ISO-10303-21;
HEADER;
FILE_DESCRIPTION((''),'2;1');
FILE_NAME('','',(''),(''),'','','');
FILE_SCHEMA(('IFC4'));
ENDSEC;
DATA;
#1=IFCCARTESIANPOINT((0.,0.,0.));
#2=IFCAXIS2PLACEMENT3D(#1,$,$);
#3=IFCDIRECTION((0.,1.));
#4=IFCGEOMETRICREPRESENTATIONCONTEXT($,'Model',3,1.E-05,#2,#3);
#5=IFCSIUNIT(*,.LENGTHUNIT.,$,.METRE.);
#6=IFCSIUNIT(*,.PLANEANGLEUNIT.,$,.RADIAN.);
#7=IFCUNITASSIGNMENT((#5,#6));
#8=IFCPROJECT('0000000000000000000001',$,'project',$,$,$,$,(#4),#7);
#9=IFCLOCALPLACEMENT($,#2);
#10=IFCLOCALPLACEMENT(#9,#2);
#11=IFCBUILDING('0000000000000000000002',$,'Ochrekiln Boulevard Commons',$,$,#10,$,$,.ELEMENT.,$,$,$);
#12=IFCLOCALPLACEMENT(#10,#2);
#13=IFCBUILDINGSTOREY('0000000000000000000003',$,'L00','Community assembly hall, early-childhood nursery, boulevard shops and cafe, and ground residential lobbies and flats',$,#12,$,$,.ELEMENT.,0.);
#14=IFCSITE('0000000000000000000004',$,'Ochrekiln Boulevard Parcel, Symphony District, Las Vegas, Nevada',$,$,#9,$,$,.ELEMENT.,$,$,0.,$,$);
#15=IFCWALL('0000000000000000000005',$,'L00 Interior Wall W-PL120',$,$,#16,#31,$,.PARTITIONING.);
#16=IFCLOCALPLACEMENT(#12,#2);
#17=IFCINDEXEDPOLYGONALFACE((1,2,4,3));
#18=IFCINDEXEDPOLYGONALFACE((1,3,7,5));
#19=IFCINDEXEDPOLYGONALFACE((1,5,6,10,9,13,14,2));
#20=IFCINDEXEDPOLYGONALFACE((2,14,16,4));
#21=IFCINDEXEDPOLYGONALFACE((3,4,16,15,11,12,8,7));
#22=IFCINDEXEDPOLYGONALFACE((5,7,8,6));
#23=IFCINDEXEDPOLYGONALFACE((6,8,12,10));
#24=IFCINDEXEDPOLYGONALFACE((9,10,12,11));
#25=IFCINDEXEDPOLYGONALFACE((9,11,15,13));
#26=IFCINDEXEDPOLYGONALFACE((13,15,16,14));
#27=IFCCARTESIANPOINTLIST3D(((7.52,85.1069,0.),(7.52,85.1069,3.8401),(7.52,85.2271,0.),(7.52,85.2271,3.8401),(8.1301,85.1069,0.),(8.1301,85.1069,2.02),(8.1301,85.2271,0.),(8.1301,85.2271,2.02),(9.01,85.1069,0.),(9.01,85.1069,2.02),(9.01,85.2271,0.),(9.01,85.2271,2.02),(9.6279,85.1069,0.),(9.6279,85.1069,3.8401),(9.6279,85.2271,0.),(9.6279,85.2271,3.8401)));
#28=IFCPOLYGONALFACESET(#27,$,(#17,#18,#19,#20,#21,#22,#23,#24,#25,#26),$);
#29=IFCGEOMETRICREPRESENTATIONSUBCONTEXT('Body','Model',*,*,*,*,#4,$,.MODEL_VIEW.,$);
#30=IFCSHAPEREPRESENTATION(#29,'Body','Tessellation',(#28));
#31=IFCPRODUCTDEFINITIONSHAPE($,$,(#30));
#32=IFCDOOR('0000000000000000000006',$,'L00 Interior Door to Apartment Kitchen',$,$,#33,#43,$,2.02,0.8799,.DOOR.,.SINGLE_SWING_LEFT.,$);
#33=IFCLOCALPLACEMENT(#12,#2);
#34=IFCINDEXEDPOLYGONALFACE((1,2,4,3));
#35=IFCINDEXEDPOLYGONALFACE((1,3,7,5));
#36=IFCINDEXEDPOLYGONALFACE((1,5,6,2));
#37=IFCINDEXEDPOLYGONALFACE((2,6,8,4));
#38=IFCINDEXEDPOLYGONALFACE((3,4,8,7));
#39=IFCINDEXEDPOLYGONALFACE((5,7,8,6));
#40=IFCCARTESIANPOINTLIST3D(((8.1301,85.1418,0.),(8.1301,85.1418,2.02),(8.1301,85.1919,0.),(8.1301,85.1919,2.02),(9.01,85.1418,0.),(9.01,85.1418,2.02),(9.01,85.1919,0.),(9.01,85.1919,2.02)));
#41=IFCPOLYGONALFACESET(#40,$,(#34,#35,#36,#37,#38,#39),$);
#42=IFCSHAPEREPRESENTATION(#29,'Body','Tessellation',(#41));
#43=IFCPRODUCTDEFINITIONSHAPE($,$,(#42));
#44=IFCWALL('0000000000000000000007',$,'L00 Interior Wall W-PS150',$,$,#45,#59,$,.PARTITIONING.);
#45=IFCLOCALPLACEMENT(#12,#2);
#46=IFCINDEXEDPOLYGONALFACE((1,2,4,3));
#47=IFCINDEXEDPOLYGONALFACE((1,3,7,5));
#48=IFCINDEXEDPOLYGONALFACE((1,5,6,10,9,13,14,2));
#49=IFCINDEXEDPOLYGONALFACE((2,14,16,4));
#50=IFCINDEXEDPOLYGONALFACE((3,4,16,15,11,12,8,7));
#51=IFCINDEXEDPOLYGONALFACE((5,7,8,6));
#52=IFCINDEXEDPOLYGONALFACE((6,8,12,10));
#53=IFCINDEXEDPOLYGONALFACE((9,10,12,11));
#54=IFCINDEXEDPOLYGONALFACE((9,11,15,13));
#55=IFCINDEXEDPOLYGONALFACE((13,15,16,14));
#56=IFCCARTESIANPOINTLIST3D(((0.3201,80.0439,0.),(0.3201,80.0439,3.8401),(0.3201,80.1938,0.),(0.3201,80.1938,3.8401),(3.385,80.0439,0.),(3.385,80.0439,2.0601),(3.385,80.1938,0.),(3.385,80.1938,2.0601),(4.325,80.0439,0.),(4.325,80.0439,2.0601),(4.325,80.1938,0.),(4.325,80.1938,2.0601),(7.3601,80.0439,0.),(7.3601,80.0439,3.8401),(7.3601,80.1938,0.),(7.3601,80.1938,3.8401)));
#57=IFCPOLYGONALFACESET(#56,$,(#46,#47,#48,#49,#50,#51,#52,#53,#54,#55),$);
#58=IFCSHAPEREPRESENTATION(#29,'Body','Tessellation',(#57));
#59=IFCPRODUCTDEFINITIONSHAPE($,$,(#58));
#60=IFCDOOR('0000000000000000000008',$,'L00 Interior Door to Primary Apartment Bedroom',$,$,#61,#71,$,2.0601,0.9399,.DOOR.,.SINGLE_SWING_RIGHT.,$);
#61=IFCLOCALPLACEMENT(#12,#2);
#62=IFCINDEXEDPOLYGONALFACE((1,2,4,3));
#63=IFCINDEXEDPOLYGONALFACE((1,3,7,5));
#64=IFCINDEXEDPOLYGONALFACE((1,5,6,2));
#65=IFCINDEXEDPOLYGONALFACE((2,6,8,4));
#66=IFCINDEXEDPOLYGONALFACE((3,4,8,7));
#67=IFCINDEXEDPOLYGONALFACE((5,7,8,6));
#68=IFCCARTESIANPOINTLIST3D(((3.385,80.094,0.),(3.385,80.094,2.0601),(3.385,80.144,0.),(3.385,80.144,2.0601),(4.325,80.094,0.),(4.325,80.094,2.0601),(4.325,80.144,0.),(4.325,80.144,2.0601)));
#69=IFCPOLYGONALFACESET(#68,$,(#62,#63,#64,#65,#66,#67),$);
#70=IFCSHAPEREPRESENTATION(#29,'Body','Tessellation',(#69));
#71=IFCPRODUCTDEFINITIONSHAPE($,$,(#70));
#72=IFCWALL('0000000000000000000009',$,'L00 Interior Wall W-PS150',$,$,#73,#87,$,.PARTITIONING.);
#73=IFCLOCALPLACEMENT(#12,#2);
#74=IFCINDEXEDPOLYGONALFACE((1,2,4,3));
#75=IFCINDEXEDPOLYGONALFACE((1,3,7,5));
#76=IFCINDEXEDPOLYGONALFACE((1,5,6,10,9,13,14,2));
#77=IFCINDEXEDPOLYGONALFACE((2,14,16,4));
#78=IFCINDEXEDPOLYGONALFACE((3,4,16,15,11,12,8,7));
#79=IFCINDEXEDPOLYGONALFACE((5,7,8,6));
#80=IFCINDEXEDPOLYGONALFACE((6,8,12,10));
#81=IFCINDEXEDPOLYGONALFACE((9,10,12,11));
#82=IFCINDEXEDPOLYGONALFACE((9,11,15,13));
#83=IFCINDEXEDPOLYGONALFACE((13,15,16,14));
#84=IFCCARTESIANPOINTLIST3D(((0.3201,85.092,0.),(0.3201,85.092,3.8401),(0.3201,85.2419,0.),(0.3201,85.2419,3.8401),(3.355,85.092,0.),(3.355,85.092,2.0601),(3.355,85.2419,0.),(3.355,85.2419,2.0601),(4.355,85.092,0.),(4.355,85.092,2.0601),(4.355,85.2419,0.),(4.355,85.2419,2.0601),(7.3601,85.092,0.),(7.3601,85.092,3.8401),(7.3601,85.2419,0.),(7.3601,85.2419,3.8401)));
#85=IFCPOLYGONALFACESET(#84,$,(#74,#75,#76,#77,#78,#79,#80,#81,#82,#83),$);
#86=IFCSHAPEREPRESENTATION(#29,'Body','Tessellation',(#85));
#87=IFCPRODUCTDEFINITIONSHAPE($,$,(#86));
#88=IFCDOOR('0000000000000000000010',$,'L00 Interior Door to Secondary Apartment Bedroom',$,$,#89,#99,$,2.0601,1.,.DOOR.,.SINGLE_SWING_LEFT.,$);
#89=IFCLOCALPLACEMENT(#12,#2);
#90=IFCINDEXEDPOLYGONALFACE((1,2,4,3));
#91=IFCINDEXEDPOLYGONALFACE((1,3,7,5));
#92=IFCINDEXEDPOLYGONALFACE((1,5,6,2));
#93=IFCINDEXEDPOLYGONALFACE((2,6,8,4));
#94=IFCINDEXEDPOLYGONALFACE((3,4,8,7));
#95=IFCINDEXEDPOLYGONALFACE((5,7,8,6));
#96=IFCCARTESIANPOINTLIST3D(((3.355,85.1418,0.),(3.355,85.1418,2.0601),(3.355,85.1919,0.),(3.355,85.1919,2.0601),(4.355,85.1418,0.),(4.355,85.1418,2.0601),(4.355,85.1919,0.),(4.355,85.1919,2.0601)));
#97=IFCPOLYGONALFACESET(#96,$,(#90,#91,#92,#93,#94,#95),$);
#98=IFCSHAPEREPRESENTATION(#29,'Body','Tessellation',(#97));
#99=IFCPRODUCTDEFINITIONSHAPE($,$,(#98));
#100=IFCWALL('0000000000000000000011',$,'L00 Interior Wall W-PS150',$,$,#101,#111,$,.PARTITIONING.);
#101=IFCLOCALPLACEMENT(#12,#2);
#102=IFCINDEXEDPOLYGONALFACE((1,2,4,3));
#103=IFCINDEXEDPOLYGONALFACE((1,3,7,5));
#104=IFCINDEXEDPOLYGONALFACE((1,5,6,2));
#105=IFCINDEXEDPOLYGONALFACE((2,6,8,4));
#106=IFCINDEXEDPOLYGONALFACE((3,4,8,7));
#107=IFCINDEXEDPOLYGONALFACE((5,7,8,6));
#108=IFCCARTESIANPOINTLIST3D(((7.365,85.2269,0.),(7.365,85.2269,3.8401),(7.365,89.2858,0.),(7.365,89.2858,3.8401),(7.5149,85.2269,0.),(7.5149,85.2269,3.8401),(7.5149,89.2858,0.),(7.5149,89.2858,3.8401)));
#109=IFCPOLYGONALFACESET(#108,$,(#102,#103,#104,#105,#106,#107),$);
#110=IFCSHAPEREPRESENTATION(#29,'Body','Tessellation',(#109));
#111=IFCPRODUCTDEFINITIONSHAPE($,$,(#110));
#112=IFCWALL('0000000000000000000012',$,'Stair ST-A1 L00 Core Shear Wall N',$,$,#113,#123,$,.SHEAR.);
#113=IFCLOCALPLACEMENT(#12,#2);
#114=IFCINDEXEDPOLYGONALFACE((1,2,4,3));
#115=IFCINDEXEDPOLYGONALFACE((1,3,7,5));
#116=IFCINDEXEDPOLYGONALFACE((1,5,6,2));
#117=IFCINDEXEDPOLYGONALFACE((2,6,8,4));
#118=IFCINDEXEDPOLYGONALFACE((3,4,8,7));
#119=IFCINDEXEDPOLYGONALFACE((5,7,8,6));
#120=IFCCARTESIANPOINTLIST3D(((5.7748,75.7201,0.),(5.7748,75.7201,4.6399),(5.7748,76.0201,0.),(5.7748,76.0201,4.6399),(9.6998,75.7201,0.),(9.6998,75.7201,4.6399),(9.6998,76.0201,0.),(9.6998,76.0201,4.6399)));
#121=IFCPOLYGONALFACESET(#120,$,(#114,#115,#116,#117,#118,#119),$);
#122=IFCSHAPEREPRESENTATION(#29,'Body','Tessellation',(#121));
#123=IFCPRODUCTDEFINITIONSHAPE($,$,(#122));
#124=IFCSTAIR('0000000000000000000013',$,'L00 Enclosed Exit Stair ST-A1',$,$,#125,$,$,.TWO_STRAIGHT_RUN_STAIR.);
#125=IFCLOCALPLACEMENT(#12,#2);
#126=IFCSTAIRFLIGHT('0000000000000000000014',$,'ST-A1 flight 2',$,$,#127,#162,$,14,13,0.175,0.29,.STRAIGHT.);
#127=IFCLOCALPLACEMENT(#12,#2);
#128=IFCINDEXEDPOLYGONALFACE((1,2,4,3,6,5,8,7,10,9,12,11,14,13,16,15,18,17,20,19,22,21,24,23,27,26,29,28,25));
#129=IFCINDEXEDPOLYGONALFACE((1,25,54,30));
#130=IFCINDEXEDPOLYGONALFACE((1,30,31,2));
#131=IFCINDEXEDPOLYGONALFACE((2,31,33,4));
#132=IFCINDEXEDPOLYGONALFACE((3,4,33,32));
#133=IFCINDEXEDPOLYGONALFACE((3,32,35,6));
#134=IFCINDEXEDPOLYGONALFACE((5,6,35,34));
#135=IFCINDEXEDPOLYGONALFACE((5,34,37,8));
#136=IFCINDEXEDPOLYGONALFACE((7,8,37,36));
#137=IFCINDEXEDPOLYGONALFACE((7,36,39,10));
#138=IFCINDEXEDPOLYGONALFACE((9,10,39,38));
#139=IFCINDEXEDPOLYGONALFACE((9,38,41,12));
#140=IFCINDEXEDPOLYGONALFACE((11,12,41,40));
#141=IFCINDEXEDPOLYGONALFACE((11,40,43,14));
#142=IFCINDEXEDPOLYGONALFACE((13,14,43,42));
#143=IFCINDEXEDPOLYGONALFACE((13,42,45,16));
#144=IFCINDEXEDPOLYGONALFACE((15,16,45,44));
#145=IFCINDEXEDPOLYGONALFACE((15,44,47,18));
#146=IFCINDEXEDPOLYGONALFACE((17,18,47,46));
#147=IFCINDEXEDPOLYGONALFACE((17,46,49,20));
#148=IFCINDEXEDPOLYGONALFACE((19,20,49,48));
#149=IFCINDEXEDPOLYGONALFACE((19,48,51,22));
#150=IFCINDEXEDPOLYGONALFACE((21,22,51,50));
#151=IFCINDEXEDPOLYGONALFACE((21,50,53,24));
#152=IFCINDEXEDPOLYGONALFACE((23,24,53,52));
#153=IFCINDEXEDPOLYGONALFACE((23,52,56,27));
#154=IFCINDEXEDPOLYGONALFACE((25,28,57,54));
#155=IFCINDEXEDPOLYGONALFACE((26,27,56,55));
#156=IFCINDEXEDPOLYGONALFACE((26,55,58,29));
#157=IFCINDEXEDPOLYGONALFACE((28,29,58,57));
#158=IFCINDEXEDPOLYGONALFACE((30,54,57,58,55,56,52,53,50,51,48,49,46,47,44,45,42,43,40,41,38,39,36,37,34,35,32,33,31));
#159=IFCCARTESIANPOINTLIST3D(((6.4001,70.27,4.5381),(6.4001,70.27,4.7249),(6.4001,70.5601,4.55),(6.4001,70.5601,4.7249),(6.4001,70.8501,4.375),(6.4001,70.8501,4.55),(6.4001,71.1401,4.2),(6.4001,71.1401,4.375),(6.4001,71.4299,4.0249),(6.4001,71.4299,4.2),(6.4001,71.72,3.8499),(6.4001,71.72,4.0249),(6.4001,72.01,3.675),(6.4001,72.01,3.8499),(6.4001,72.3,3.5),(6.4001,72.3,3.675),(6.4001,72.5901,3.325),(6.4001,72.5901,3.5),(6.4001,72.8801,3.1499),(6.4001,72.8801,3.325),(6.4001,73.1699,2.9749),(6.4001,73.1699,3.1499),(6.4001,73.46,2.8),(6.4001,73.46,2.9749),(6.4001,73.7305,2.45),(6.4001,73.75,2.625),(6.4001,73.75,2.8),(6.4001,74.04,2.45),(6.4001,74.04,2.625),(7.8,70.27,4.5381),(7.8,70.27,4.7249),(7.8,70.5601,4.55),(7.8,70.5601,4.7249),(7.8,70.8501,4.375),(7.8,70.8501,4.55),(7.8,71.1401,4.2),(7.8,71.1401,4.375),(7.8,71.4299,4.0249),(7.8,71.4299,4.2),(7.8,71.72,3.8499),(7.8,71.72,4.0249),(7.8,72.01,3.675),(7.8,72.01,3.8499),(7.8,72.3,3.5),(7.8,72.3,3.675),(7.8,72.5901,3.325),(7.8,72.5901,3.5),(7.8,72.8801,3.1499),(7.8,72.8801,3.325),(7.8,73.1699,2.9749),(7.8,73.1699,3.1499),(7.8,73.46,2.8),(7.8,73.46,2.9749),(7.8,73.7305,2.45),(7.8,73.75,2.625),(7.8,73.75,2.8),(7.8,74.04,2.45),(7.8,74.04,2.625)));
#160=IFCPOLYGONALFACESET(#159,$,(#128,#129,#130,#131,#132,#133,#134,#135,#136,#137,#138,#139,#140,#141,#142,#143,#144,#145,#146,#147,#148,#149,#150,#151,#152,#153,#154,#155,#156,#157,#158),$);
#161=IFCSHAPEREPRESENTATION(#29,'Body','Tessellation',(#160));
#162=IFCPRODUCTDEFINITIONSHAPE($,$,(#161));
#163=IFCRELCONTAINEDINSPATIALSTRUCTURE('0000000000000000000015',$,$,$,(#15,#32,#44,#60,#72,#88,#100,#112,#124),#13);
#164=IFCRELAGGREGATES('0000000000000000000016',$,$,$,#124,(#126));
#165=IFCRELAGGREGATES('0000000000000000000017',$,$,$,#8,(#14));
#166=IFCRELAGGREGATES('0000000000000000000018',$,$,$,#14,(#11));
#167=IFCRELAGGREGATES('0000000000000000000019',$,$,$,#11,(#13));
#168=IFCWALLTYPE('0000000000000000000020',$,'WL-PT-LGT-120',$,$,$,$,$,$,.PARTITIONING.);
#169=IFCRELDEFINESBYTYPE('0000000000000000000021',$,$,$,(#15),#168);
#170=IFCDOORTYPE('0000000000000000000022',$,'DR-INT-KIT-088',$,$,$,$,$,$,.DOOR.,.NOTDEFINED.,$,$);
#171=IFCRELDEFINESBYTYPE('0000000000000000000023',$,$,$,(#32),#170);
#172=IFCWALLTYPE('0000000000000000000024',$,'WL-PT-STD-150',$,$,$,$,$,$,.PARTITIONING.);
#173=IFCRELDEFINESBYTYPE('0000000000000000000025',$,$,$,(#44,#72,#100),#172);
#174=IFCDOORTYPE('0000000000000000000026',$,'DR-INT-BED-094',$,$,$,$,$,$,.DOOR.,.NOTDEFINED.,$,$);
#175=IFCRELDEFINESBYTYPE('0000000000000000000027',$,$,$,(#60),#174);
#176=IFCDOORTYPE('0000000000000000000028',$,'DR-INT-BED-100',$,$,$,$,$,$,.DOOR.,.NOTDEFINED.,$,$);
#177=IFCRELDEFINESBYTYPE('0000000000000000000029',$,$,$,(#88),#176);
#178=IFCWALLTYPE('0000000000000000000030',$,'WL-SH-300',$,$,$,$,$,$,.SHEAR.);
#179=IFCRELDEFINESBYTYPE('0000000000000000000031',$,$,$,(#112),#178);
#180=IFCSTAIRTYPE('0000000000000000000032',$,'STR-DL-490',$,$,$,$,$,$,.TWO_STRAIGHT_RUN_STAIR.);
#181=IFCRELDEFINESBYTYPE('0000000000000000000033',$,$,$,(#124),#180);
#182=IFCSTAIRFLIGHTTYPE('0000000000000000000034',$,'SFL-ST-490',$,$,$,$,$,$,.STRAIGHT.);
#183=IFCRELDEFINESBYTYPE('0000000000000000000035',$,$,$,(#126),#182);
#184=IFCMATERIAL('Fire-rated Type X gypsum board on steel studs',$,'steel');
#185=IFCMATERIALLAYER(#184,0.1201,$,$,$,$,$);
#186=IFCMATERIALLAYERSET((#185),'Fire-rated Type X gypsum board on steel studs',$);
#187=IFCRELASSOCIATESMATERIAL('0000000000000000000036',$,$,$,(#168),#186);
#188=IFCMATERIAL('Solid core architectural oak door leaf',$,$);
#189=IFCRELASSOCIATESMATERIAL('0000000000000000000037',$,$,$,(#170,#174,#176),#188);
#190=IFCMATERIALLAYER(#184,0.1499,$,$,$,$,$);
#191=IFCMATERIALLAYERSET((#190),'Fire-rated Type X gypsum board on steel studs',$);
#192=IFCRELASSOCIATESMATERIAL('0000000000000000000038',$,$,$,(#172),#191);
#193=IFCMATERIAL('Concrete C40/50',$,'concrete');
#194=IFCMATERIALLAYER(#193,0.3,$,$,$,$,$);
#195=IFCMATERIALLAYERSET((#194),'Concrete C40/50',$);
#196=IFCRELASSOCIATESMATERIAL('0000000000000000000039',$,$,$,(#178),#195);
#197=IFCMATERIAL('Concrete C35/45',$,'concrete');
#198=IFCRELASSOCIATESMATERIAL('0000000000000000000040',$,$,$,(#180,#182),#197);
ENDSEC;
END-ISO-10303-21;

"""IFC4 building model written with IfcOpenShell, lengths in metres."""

from ifc_helpers import new_model, si_unit, direction, frame, frame_2d, origin, place, context, subcontext, project, spatial, polyline, rectangle, outline, extrude, material, layer, layer_set, type_object, element, fill, aggregate, save


model = new_model("IFC4")

# Units and contexts
model_context = context("Model", 3, precision=1e-05, world=origin(), true_north=direction((0.0, 1.0)))
body_context = subcontext(model_context, "Body", "Model", "MODEL_VIEW")
ifc_project = project(units=[si_unit("LENGTHUNIT", "METRE"), si_unit("PLANEANGLEUNIT", "RADIAN")], contexts=[model_context])

# Site, building, storey
site_placement = place(None, origin())
site = spatial("IfcSite", under=ifc_project, at=site_placement, Name="Ochrekiln Boulevard Parcel, Symphony District, Las Vegas, Nevada", CompositionType="ELEMENT", RefElevation=0.0)
building_placement = place(site_placement, origin())
building = spatial("IfcBuilding", under=site, at=building_placement, Name="Ochrekiln Boulevard Commons", CompositionType="ELEMENT")
storey_placement = place(building_placement, origin())
storey = spatial("IfcBuildingStorey", under=building, at=storey_placement, Name="L00", Description="Community assembly hall, early-childhood nursery, boulevard shops and cafe, and ground residential lobbies and flats", CompositionType="ELEMENT", Elevation=0.0)

# Shared definitions
ifc_material_1 = material(Name="Concrete C40/50", Category="concrete")

# Shared definitions
ifc_material_2 = material(Name="Concrete C35/45", Category="concrete")

# Shared definitions
ifc_material_3 = material(Name="Solid core architectural oak door leaf")

# Walls, openings, doors
ifc_material_4 = material(Name="Fire-rated Type X gypsum board on steel studs", Category="steel")
ifc_layer_1 = layer(ifc_material_4, 0.1201)
ifc_layer_set_1 = layer_set([ifc_layer_1], Name="Fire-rated Type X gypsum board on steel studs")
wall_type_1 = type_object("IfcWallType", Name="WL-PT-LGT-120", PredefinedType="PARTITIONING", material=ifc_layer_set_1)
wall_1_placement = place(storey_placement, frame((7.52, 85.167, 0.0), z_axis=(0.0, 0.0, 1.0), x_axis=(1.0, 0.0, 0.0)))
wall_1 = element("IfcWall", 1, at=wall_1_placement, inside=storey, type_object=wall_type_1, Name="L00 Interior Wall W-PL120", PredefinedType="PARTITIONING", context=body_context, shape_type="SweptSolid", body=[
    extrude(rectangle(XDim=2.1079, YDim=0.1201, at=frame_2d((1.054, 0.0))), origin(), (0.0, 0.0, 1.0), 3.8401),
])
opening_1_placement = place(wall_1_placement, frame((0.6101, 0.0, 0.0)))
opening_1 = element("IfcOpeningElement", 2, at=opening_1_placement, cuts=wall_1, PredefinedType="OPENING", context=body_context, shape_type="SweptSolid", body=[
    extrude(rectangle(XDim=0.8799, YDim=2.02, at=frame_2d((0.4399, 1.01))), frame((0.0, 0.0701, 0.0), z_axis=(0.0, -1.0, 0.0), x_axis=(1.0, 0.0, 0.0)), (0.0, 0.0, 1.0), 0.1401),
])
door_type_1 = type_object("IfcDoorType", Name="DR-INT-KIT-088", OperationType="NOTDEFINED", PredefinedType="DOOR", material=ifc_material_3)
door_1_placement = place(opening_1_placement, origin())
door_1 = element("IfcDoor", 3, at=door_1_placement, inside=storey, type_object=door_type_1, Name="L00 Interior Door to Apartment Kitchen", OperationType="SINGLE_SWING_LEFT", OverallHeight=2.02, OverallWidth=0.8799, PredefinedType="DOOR", context=body_context, shape_type="SweptSolid", body=[
    extrude(rectangle(XDim=0.8799, YDim=2.02, at=frame_2d((0.4399, 1.01))), frame((0.0, 0.0249, 0.0), z_axis=(0.0, -1.0, 0.0), x_axis=(1.0, 0.0, 0.0)), (0.0, 0.0, 1.0), 0.05),
])
fill(opening_1, door_1)
ifc_layer_2 = layer(ifc_material_4, 0.1499)
ifc_layer_set_2 = layer_set([ifc_layer_2], Name="Fire-rated Type X gypsum board on steel studs")
wall_type_2 = type_object("IfcWallType", Name="WL-PT-STD-150", PredefinedType="PARTITIONING", material=ifc_layer_set_2)
wall_2_placement = place(storey_placement, frame((0.3201, 80.1189, 0.0), z_axis=(0.0, 0.0, 1.0), x_axis=(1.0, 0.0, 0.0)))
wall_2 = element("IfcWall", 4, at=wall_2_placement, inside=storey, type_object=wall_type_2, Name="L00 Interior Wall W-PS150", PredefinedType="PARTITIONING", context=body_context, shape_type="SweptSolid", body=[
    extrude(rectangle(XDim=7.04, YDim=0.1499, at=frame_2d((3.52, 0.0))), origin(), (0.0, 0.0, 1.0), 3.8401),
])
opening_2_placement = place(wall_2_placement, frame((3.0649, 0.0, 0.0)))
opening_2 = element("IfcOpeningElement", 5, at=opening_2_placement, cuts=wall_2, PredefinedType="OPENING", context=body_context, shape_type="SweptSolid", body=[
    extrude(rectangle(XDim=0.9399, YDim=2.0601, at=frame_2d((0.47, 1.03))), frame((0.0, 0.085, 0.0), z_axis=(0.0, -1.0, 0.0), x_axis=(1.0, 0.0, 0.0)), (0.0, 0.0, 1.0), 0.1699),
])
door_type_2 = type_object("IfcDoorType", Name="DR-INT-BED-094", OperationType="NOTDEFINED", PredefinedType="DOOR", material=ifc_material_3)
door_2_placement = place(opening_2_placement, frame((0.9399, 0.0, 0.0), z_axis=(0.0, 0.0, 1.0), x_axis=(-1.0, 0.0, 0.0)))
door_2 = element("IfcDoor", 6, at=door_2_placement, inside=storey, type_object=door_type_2, Name="L00 Interior Door to Primary Apartment Bedroom", OperationType="SINGLE_SWING_RIGHT", OverallHeight=2.0601, OverallWidth=0.9399, PredefinedType="DOOR", context=body_context, shape_type="SweptSolid", body=[
    extrude(rectangle(XDim=0.9399, YDim=2.0601, at=frame_2d((0.47, 1.03))), frame((0.0, 0.0249, 0.0), z_axis=(0.0, -1.0, 0.0), x_axis=(1.0, 0.0, 0.0)), (0.0, 0.0, 1.0), 0.05),
])
fill(opening_2, door_2)
wall_3_placement = place(storey_placement, frame((0.3201, 85.167, 0.0), z_axis=(0.0, 0.0, 1.0), x_axis=(1.0, 0.0, 0.0)))
wall_3 = element("IfcWall", 7, at=wall_3_placement, inside=storey, type_object=wall_type_2, Name="L00 Interior Wall W-PS150", PredefinedType="PARTITIONING", context=body_context, shape_type="SweptSolid", body=[
    extrude(rectangle(XDim=7.04, YDim=0.1499, at=frame_2d((3.52, 0.0))), origin(), (0.0, 0.0, 1.0), 3.8401),
])
opening_3_placement = place(wall_3_placement, frame((3.0349, 0.0, 0.0)))
opening_3 = element("IfcOpeningElement", 8, at=opening_3_placement, cuts=wall_3, PredefinedType="OPENING", context=body_context, shape_type="SweptSolid", body=[
    extrude(rectangle(XDim=1.0, YDim=2.0601, at=frame_2d((0.5, 1.03))), frame((0.0, 0.085, 0.0), z_axis=(0.0, -1.0, 0.0), x_axis=(1.0, 0.0, 0.0)), (0.0, 0.0, 1.0), 0.1699),
])
door_type_3 = type_object("IfcDoorType", Name="DR-INT-BED-100", OperationType="NOTDEFINED", PredefinedType="DOOR", material=ifc_material_3)
door_3_placement = place(opening_3_placement, origin())
door_3 = element("IfcDoor", 9, at=door_3_placement, inside=storey, type_object=door_type_3, Name="L00 Interior Door to Secondary Apartment Bedroom", OperationType="SINGLE_SWING_LEFT", OverallHeight=2.0601, OverallWidth=1.0, PredefinedType="DOOR", context=body_context, shape_type="SweptSolid", body=[
    extrude(rectangle(XDim=1.0, YDim=2.0601, at=frame_2d((0.5, 1.03))), frame((0.0, 0.0249, 0.0), z_axis=(0.0, -1.0, 0.0), x_axis=(1.0, 0.0, 0.0)), (0.0, 0.0, 1.0), 0.05),
])
fill(opening_3, door_3)

# Walls
wall_4_placement = place(storey_placement, frame((7.4399, 85.2271, 0.0), z_axis=(0.0, 0.0, 1.0), x_axis=(0.0, 1.0, 0.0)))
element("IfcWall", 10, at=wall_4_placement, inside=storey, type_object=wall_type_2, Name="L00 Interior Wall W-PS150", PredefinedType="PARTITIONING", context=body_context, shape_type="SweptSolid", body=[
    extrude(rectangle(XDim=4.0588, YDim=0.1499, at=frame_2d((2.0293, 0.0))), origin(), (0.0, 0.0, 1.0), 3.8401),
])
ifc_layer_3 = layer(ifc_material_1, 0.3)
ifc_layer_set_3 = layer_set([ifc_layer_3], Name="Concrete C40/50")
wall_type_3 = type_object("IfcWallType", Name="WL-SH-300", PredefinedType="SHEAR", material=ifc_layer_set_3)
wall_5_placement = place(storey_placement, frame((5.7749, 75.8701, 0.0), z_axis=(0.0, 0.0, 1.0), x_axis=(1.0, 0.0, 0.0)))
element("IfcWall", 11, at=wall_5_placement, inside=storey, type_object=wall_type_3, Name="Stair ST-A1 L00 Core Shear Wall N", PredefinedType="SHEAR", context=body_context, shape_type="SweptSolid", body=[
    extrude(rectangle(XDim=3.925, YDim=0.3, at=frame_2d((1.9624, 0.0))), origin(), (0.0, 0.0, 1.0), 4.6399),
])

# Stair, stair flight
stair_type = type_object("IfcStairType", Name="STR-DL-490", PredefinedType="TWO_STRAIGHT_RUN_STAIR", material=ifc_material_2)
stair_placement = place(storey_placement, origin())
stair = element("IfcStair", 12, at=stair_placement, inside=storey, type_object=stair_type, Name="L00 Enclosed Exit Stair ST-A1", PredefinedType="TWO_STRAIGHT_RUN_STAIR")
stair_flight_type = type_object("IfcStairFlightType", Name="SFL-ST-490", PredefinedType="STRAIGHT", material=ifc_material_2)
stair_flight_placement = place(storey_placement, frame((7.1001, 74.04, 2.45), z_axis=(0.0, 0.0, 1.0), x_axis=(0.0, -1.0, 0.0)))
stair_flight = element("IfcStairFlight", 13, at=stair_flight_placement, type_object=stair_flight_type, Name="ST-A1 flight 2", NumberOfRisers=14, NumberOfTreads=13, PredefinedType="STRAIGHT", RiserHeight=0.175, TreadLength=0.29, context=body_context, shape_type="SweptSolid", body=[
    extrude(outline(polyline([(0.0, 0.0), (0.0, 0.175), (0.29, 0.175), (0.29, 0.3501), (0.5801, 0.3501), (0.5801, 0.5249), (0.8701, 0.5249), (0.8701, 0.7), (1.1599, 0.7), (1.1599, 0.875), (1.45, 0.875), (1.45, 1.05), (1.74, 1.05), (1.74, 1.2251), (2.03, 1.2251), (2.03, 1.3999), (2.3201, 1.3999), (2.3201, 1.575), (2.6101, 1.575), (2.6101, 1.75), (2.8999, 1.75), (2.8999, 1.925), (3.1899, 1.925), (3.1899, 2.1001), (3.48, 2.1001), (3.48, 2.2749), (3.77, 2.2749), (3.77, 2.45), (3.77, 2.0881), (0.3096, 0.0), (0.0, 0.0)])), frame((0.0, 0.7, 0.0), z_axis=(0.0, -1.0, 0.0), x_axis=(1.0, 0.0, 0.0)), (0.0, 0.0, 1.0), 1.3999),
])
aggregate(stair, [stair_flight])

save(model, "model.ifc")
